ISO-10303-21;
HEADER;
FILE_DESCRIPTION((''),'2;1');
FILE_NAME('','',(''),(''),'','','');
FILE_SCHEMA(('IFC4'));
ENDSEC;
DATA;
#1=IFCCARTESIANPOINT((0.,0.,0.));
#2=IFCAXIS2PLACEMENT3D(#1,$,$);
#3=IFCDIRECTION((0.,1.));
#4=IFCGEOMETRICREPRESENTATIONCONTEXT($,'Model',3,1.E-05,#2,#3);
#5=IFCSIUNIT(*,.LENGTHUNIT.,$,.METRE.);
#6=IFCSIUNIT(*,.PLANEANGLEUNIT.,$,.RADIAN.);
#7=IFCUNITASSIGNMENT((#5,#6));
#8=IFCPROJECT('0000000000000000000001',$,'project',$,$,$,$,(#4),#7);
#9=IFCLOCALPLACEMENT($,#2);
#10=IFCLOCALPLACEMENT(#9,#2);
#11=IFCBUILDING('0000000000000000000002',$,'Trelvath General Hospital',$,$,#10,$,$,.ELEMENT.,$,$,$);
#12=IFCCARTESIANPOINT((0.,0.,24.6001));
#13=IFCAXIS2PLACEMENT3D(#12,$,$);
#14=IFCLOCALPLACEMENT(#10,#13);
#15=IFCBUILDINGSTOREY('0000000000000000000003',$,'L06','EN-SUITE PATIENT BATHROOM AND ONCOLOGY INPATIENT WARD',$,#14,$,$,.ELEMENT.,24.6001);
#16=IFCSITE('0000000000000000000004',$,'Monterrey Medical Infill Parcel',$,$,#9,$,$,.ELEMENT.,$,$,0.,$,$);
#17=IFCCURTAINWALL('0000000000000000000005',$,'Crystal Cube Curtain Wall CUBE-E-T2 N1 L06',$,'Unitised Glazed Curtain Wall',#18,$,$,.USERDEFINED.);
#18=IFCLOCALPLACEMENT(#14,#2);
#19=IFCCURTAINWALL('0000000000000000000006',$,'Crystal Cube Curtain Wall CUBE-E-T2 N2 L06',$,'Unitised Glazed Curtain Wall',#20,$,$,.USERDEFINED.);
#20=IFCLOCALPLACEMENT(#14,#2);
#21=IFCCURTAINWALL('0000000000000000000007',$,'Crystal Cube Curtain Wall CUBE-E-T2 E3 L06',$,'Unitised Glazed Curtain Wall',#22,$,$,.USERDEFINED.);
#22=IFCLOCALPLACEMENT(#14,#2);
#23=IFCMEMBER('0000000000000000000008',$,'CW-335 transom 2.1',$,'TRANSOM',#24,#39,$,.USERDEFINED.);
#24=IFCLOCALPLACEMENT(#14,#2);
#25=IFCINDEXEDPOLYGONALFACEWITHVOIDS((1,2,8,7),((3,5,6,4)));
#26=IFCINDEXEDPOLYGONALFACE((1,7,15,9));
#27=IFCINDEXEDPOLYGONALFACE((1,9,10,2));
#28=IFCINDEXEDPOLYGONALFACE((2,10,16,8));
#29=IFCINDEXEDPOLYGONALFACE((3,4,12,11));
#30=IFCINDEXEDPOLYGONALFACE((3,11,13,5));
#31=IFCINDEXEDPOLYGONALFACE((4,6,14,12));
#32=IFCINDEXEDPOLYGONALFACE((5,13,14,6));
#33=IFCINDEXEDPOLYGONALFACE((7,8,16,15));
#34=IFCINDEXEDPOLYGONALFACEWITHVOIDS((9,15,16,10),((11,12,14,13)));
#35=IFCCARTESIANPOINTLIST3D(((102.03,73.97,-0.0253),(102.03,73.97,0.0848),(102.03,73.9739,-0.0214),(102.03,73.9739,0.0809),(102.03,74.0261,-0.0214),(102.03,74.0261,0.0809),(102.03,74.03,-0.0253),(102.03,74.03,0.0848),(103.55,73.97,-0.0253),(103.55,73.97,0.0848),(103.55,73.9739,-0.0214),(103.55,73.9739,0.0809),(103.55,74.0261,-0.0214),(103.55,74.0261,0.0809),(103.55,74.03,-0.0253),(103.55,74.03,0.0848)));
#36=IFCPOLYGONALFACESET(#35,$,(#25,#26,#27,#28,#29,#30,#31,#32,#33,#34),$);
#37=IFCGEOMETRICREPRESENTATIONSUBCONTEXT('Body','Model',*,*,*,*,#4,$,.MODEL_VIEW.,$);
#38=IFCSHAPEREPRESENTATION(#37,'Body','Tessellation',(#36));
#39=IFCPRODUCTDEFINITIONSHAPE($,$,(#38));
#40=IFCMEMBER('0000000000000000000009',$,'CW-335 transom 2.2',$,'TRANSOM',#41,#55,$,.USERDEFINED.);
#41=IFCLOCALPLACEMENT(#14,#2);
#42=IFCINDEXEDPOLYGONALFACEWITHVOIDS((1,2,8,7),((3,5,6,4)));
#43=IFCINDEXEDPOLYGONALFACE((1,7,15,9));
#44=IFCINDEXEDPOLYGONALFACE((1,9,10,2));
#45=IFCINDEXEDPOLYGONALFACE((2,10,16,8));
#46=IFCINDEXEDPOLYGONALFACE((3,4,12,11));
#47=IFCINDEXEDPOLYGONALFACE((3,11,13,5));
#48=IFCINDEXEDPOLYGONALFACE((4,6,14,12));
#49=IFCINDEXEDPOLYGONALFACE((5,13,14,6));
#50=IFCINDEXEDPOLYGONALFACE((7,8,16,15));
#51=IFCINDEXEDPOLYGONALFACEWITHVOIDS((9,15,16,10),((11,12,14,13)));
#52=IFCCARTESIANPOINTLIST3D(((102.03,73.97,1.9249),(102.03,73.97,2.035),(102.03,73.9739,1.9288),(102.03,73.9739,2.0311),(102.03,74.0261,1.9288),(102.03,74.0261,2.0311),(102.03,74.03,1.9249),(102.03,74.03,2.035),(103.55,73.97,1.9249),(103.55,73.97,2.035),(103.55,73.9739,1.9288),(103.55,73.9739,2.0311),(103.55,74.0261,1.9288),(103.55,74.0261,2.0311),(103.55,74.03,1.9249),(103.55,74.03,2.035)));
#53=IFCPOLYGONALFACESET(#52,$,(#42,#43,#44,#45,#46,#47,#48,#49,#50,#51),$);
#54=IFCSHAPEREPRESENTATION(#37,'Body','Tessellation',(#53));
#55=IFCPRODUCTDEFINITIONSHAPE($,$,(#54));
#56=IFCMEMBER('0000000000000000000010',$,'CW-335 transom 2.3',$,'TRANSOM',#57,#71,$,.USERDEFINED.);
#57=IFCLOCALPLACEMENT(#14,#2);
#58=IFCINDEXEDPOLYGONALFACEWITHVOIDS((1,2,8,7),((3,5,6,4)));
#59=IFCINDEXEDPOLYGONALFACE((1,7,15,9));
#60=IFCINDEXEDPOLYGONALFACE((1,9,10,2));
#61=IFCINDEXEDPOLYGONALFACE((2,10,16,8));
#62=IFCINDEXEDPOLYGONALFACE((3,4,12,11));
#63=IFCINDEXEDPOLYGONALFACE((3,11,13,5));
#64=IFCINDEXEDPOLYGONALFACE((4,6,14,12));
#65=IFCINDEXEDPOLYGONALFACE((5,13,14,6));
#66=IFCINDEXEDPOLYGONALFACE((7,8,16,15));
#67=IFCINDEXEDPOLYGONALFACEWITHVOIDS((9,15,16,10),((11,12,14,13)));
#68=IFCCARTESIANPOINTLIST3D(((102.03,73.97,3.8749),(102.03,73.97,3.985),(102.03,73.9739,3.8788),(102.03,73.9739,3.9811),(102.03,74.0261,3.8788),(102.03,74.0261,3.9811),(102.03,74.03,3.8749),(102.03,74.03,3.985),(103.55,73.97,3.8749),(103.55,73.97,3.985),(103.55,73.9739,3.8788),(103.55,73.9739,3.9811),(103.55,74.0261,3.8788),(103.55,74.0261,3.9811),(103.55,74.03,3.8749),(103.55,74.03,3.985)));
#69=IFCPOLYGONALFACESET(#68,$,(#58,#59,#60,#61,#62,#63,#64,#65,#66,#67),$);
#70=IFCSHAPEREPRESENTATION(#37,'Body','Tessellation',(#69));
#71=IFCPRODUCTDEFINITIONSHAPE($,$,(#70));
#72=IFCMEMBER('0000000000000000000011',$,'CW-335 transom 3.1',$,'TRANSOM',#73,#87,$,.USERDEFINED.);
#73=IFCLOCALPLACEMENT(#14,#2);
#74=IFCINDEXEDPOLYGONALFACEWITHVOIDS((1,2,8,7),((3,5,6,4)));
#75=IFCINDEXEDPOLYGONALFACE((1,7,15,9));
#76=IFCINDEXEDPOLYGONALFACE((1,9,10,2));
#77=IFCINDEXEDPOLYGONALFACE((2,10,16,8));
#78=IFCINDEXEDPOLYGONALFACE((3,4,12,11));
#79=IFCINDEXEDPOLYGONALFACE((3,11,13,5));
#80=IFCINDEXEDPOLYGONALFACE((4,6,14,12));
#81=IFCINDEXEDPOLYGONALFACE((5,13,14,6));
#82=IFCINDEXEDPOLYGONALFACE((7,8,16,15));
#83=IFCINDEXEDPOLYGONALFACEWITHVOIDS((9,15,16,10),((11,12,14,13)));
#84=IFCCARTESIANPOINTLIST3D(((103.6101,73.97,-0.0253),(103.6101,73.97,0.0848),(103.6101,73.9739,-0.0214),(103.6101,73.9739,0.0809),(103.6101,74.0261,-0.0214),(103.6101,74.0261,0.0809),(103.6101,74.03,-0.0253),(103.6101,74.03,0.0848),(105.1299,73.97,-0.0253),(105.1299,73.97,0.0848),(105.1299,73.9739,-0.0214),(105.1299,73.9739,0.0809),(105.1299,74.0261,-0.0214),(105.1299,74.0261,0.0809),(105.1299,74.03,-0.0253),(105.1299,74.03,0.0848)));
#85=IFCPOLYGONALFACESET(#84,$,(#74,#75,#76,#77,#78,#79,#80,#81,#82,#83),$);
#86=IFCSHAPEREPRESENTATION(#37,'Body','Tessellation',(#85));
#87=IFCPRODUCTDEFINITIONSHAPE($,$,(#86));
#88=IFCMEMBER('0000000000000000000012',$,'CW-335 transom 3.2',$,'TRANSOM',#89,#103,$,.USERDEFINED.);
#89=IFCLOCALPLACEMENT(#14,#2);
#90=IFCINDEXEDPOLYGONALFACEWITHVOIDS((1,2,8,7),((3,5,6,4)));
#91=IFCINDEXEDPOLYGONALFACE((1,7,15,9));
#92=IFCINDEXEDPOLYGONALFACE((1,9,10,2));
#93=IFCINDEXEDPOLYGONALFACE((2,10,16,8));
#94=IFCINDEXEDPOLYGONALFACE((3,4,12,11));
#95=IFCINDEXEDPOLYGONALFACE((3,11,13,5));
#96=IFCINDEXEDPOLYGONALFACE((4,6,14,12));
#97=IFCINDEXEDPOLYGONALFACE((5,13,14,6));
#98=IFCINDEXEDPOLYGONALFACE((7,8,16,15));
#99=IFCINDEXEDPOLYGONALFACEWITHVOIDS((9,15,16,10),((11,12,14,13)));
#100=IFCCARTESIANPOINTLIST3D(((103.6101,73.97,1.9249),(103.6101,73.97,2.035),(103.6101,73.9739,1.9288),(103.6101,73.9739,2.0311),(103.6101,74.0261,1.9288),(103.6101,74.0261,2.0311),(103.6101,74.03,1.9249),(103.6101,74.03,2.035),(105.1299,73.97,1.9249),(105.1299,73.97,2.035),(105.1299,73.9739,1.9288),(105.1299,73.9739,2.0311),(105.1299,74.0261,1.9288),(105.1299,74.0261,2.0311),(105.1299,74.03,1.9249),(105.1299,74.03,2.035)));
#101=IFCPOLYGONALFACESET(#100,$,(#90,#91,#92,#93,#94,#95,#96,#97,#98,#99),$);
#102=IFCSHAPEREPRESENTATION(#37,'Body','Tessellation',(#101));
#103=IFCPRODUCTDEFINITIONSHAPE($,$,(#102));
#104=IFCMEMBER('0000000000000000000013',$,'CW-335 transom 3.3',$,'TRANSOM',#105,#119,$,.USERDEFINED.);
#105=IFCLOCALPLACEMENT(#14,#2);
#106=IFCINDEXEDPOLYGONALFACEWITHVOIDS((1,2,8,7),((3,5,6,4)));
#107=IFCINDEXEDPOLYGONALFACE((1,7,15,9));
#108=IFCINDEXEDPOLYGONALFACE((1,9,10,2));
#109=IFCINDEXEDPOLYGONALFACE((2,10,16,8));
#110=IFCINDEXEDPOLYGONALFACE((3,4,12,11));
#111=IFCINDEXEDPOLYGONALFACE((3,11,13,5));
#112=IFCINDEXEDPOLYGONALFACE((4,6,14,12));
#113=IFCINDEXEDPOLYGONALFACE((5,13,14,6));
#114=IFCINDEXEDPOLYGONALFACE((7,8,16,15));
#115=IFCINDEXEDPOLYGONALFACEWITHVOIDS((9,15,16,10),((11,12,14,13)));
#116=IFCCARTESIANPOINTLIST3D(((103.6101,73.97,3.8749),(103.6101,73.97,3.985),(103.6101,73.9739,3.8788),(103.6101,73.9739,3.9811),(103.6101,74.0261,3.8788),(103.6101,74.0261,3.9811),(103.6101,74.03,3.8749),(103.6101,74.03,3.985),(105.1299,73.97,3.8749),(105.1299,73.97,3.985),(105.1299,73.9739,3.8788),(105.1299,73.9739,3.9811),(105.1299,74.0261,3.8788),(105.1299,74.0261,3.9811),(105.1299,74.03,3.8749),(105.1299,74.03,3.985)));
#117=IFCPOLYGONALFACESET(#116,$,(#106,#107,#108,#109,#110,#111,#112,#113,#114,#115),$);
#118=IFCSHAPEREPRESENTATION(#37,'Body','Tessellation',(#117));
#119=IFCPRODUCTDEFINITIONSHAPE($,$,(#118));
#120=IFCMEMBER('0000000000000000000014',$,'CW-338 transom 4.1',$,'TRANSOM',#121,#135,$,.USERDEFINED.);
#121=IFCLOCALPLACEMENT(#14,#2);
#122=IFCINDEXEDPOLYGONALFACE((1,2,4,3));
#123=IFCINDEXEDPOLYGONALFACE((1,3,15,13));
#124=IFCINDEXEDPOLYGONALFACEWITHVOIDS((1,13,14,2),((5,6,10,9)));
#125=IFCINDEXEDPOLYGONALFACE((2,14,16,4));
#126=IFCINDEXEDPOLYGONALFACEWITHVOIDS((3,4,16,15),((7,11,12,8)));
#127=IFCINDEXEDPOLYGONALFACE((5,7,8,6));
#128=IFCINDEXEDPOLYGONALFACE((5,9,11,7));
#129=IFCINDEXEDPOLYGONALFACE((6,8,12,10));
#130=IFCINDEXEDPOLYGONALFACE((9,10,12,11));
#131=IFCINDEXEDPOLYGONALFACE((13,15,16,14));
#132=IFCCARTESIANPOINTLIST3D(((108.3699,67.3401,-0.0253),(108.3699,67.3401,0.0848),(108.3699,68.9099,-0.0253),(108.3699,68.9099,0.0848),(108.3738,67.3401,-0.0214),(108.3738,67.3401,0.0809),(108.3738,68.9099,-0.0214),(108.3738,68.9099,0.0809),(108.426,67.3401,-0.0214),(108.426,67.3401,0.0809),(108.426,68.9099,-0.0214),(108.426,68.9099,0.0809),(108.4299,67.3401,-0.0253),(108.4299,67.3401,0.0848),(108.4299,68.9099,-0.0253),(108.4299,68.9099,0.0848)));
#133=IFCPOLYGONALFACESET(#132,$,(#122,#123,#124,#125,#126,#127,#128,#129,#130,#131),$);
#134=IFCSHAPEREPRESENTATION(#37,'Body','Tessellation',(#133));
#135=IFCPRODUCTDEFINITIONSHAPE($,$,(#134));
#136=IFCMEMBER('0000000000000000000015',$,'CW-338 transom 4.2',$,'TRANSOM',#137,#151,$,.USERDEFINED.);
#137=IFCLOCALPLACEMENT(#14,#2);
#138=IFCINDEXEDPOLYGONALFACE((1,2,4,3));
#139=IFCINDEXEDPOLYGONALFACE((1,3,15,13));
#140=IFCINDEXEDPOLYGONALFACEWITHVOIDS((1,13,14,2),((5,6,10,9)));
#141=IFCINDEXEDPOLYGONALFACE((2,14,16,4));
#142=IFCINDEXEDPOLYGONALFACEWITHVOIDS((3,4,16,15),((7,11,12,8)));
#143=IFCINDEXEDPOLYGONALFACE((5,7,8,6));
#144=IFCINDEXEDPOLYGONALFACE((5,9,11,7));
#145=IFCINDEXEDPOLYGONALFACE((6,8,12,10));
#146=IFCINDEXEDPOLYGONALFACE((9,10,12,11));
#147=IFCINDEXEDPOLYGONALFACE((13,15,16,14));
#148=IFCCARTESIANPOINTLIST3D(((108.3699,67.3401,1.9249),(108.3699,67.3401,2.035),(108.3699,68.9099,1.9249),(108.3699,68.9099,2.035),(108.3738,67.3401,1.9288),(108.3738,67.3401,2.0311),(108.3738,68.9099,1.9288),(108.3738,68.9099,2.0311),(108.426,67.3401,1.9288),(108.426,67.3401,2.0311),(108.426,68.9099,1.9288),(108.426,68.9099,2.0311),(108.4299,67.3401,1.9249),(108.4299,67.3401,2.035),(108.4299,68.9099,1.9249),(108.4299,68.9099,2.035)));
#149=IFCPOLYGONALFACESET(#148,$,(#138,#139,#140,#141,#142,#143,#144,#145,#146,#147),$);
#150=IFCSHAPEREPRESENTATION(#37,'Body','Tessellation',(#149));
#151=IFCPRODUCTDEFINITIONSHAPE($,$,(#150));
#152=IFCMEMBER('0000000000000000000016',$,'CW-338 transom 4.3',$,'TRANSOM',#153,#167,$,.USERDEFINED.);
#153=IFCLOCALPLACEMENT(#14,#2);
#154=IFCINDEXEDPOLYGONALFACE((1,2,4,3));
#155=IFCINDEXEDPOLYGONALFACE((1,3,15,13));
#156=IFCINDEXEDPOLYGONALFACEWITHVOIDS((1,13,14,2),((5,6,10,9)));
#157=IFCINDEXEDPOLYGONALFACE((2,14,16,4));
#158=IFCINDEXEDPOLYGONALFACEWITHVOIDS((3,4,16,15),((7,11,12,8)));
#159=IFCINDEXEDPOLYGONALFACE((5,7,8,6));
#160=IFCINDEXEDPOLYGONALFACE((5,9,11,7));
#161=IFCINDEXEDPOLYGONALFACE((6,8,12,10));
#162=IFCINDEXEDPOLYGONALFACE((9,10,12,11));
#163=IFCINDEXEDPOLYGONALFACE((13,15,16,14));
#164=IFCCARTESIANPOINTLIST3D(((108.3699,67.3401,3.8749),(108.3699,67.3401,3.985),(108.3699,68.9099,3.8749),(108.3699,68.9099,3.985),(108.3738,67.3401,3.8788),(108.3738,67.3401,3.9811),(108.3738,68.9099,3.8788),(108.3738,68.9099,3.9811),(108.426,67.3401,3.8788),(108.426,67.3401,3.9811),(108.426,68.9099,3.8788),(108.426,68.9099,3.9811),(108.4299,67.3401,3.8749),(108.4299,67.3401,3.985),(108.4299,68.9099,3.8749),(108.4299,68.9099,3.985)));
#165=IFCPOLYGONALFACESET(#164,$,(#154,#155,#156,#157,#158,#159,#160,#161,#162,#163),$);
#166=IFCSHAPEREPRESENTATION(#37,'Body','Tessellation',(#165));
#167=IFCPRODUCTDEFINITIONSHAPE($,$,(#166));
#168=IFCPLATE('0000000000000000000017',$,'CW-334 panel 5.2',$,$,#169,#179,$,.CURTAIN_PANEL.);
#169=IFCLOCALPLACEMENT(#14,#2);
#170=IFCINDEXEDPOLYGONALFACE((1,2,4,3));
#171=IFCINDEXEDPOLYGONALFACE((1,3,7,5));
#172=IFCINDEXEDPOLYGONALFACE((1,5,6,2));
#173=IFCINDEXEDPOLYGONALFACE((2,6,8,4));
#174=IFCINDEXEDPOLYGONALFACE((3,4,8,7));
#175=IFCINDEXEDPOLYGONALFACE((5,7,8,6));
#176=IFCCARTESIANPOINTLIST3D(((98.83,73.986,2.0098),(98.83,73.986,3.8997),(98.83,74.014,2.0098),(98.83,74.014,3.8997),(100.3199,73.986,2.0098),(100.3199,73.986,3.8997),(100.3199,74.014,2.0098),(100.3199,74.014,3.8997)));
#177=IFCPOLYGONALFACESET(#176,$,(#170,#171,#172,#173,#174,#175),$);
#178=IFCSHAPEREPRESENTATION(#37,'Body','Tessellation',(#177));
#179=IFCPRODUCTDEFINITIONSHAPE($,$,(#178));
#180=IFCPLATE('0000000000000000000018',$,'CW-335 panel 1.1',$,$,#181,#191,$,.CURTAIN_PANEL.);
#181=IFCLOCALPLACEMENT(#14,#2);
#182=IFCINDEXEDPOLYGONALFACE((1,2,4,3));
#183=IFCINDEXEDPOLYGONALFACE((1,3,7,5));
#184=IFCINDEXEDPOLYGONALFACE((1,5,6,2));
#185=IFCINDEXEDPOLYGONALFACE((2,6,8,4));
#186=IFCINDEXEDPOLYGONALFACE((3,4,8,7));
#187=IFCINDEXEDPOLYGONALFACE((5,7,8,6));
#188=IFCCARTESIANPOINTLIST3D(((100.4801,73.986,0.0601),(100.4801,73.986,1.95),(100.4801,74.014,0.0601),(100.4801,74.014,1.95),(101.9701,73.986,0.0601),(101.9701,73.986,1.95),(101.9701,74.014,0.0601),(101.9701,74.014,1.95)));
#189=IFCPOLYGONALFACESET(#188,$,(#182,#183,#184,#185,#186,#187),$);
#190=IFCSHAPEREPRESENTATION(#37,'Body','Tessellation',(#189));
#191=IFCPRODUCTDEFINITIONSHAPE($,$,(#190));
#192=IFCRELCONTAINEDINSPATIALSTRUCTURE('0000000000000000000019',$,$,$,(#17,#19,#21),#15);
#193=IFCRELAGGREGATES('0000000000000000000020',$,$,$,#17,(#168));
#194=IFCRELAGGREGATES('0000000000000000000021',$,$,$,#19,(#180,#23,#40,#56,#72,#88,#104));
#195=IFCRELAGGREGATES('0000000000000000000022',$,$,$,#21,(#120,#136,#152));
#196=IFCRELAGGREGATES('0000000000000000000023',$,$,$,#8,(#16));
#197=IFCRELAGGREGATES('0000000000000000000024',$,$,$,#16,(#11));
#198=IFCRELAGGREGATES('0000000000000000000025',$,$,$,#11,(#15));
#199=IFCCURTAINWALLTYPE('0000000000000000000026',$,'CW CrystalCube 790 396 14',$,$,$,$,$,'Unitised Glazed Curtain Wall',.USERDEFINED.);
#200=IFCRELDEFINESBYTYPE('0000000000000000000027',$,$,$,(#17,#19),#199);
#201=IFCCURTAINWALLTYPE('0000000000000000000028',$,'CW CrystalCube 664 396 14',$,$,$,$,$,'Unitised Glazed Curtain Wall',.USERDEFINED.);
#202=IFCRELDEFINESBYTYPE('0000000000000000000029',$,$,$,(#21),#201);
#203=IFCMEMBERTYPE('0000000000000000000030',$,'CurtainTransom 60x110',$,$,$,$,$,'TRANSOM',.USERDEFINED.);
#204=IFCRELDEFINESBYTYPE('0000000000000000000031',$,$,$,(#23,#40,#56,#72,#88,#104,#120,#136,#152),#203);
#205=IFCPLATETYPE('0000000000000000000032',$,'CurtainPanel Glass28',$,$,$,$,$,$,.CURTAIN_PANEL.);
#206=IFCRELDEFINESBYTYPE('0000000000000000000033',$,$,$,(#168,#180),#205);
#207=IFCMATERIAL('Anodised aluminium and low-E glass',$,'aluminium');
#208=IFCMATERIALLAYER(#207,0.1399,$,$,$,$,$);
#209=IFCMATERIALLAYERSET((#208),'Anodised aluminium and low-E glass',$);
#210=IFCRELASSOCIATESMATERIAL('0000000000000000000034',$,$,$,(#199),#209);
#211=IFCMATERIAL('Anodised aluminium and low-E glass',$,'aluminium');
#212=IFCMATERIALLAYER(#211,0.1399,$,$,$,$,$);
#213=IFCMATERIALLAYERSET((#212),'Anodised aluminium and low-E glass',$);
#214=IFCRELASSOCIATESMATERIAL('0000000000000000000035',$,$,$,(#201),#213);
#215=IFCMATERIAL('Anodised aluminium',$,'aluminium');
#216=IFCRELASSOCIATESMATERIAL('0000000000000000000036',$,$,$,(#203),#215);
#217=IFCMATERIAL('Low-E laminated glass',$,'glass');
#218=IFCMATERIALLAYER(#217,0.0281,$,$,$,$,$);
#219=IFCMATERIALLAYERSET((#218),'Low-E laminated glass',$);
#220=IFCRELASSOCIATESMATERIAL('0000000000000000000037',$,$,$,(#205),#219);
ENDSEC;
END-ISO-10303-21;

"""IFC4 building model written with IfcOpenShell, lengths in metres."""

from ifc_helpers import new_model, si_unit, direction, frame, origin, origin_2d, place, context, subcontext, project, spatial, rectangle, hollow_rectangle, extrude, material, layer, layer_set, material_profile, profile_set, type_object, element, aggregate, save


model = new_model("IFC4")

# Units and contexts
model_context = context("Model", 3, precision=1e-05, world=origin(), true_north=direction((0.0, 1.0)))
body_context = subcontext(model_context, "Body", "Model", "MODEL_VIEW")
ifc_project = project(units=[si_unit("LENGTHUNIT", "METRE"), si_unit("PLANEANGLEUNIT", "RADIAN")], contexts=[model_context])

# Site, building, storey
site_placement = place(None, origin())
site = spatial("IfcSite", under=ifc_project, at=site_placement, Name="Monterrey Medical Infill Parcel", CompositionType="ELEMENT", RefElevation=0.0)
building_placement = place(site_placement, origin())
building = spatial("IfcBuilding", under=site, at=building_placement, Name="Trelvath General Hospital", CompositionType="ELEMENT")
storey_placement = place(building_placement, frame((0.0, 0.0, 24.6001)))
storey = spatial("IfcBuildingStorey", under=building, at=storey_placement, Name="L06", Description="EN-SUITE PATIENT BATHROOM AND ONCOLOGY INPATIENT WARD", CompositionType="ELEMENT", Elevation=24.6001)

# Curtain wall
ifc_material_1 = material(Name="Anodised aluminium and low-E glass", Category="aluminium")
ifc_layer_1 = layer(ifc_material_1, 0.1399)
ifc_layer_set_1 = layer_set([ifc_layer_1], Name="Anodised aluminium and low-E glass")
curtain_wall_type_1 = type_object("IfcCurtainWallType", Name="CW CrystalCube 790 396 14", ElementType="Unitised Glazed Curtain Wall", PredefinedType="USERDEFINED", material=ifc_layer_set_1)
curtain_wall_1_placement = place(storey_placement, origin())
curtain_wall_1 = element("IfcCurtainWall", 1, at=curtain_wall_1_placement, inside=storey, type_object=curtain_wall_type_1, Name="Crystal Cube Curtain Wall CUBE-E-T2 N1 L06", ObjectType="Unitised Glazed Curtain Wall", PredefinedType="USERDEFINED")

# Curtain walls
curtain_wall_2_placement = place(storey_placement, origin())
curtain_wall_2 = element("IfcCurtainWall", 2, at=curtain_wall_2_placement, inside=storey, type_object=curtain_wall_type_1, Name="Crystal Cube Curtain Wall CUBE-E-T2 N2 L06", ObjectType="Unitised Glazed Curtain Wall", PredefinedType="USERDEFINED")
ifc_material_2 = material(Name="Anodised aluminium and low-E glass", Category="aluminium")
ifc_layer_2 = layer(ifc_material_2, 0.1399)
ifc_layer_set_2 = layer_set([ifc_layer_2], Name="Anodised aluminium and low-E glass")
curtain_wall_type_2 = type_object("IfcCurtainWallType", Name="CW CrystalCube 664 396 14", ElementType="Unitised Glazed Curtain Wall", PredefinedType="USERDEFINED", material=ifc_layer_set_2)
curtain_wall_3_placement = place(storey_placement, origin())
curtain_wall_3 = element("IfcCurtainWall", 3, at=curtain_wall_3_placement, inside=storey, type_object=curtain_wall_type_2, Name="Crystal Cube Curtain Wall CUBE-E-T2 E3 L06", ObjectType="Unitised Glazed Curtain Wall", PredefinedType="USERDEFINED")

# Members
ifc_material_3 = material(Name="Anodised aluminium", Category="aluminium")
ifc_material_profile_1 = material_profile(ifc_material_3, hollow_rectangle(XDim=0.0601, YDim=0.1101, WallThickness=0.0039, at=origin_2d()), Name="RHS60x110x4")
ifc_profile_set_1 = profile_set([ifc_material_profile_1], Name="Anodised aluminium")
member_type_1 = type_object("IfcMemberType", Name="CurtainTransom 60x110", ElementType="TRANSOM", PredefinedType="USERDEFINED", material=ifc_profile_set_1)
member_1_placement = place(storey_placement, frame((102.03, 74.0, 0.0298), z_axis=(1.0, 0.0, 0.0), x_axis=(0.0, 1.0, 0.0)))
member_1 = element("IfcMember", 4, at=member_1_placement, type_object=member_type_1, Name="CW-335 transom 2.1", ObjectType="TRANSOM", PredefinedType="USERDEFINED", context=body_context, shape_type="SweptSolid", body=[
    extrude(hollow_rectangle(XDim=0.0601, YDim=0.1101, WallThickness=0.0039, at=origin_2d()), origin(), (0.0, 0.0, 1.0), 1.52),
])
member_2_placement = place(storey_placement, frame((102.03, 74.0, 1.98), z_axis=(1.0, 0.0, 0.0), x_axis=(0.0, 1.0, 0.0)))
member_2 = element("IfcMember", 5, at=member_2_placement, type_object=member_type_1, Name="CW-335 transom 2.2", ObjectType="TRANSOM", PredefinedType="USERDEFINED", context=body_context, shape_type="SweptSolid", body=[
    extrude(hollow_rectangle(XDim=0.0601, YDim=0.1101, WallThickness=0.0039, at=origin_2d()), origin(), (0.0, 0.0, 1.0), 1.52),
])
member_3_placement = place(storey_placement, frame((102.03, 74.0, 3.9299), z_axis=(1.0, 0.0, 0.0), x_axis=(0.0, 1.0, 0.0)))
member_3 = element("IfcMember", 6, at=member_3_placement, type_object=member_type_1, Name="CW-335 transom 2.3", ObjectType="TRANSOM", PredefinedType="USERDEFINED", context=body_context, shape_type="SweptSolid", body=[
    extrude(hollow_rectangle(XDim=0.0601, YDim=0.1101, WallThickness=0.0039, at=origin_2d()), origin(), (0.0, 0.0, 1.0), 1.52),
])
member_4_placement = place(storey_placement, frame((103.6101, 74.0, 0.0298), z_axis=(1.0, 0.0, 0.0), x_axis=(0.0, 1.0, 0.0)))
member_4 = element("IfcMember", 7, at=member_4_placement, type_object=member_type_1, Name="CW-335 transom 3.1", ObjectType="TRANSOM", PredefinedType="USERDEFINED", context=body_context, shape_type="SweptSolid", body=[
    extrude(hollow_rectangle(XDim=0.0601, YDim=0.1101, WallThickness=0.0039, at=origin_2d()), origin(), (0.0, 0.0, 1.0), 1.5198),
])
member_5_placement = place(storey_placement, frame((103.6101, 74.0, 1.98), z_axis=(1.0, 0.0, 0.0), x_axis=(0.0, 1.0, 0.0)))
member_5 = element("IfcMember", 8, at=member_5_placement, type_object=member_type_1, Name="CW-335 transom 3.2", ObjectType="TRANSOM", PredefinedType="USERDEFINED", context=body_context, shape_type="SweptSolid", body=[
    extrude(hollow_rectangle(XDim=0.0601, YDim=0.1101, WallThickness=0.0039, at=origin_2d()), origin(), (0.0, 0.0, 1.0), 1.5198),
])
member_6_placement = place(storey_placement, frame((103.6101, 74.0, 3.9299), z_axis=(1.0, 0.0, 0.0), x_axis=(0.0, 1.0, 0.0)))
member_6 = element("IfcMember", 9, at=member_6_placement, type_object=member_type_1, Name="CW-335 transom 3.3", ObjectType="TRANSOM", PredefinedType="USERDEFINED", context=body_context, shape_type="SweptSolid", body=[
    extrude(hollow_rectangle(XDim=0.0601, YDim=0.1101, WallThickness=0.0039, at=origin_2d()), origin(), (0.0, 0.0, 1.0), 1.5198),
])
member_7_placement = place(storey_placement, frame((108.3999, 68.9099, 0.0298), z_axis=(0.0, -1.0, 0.0), x_axis=(1.0, 0.0, 0.0)))
member_7 = element("IfcMember", 10, at=member_7_placement, type_object=member_type_1, Name="CW-338 transom 4.1", ObjectType="TRANSOM", PredefinedType="USERDEFINED", context=body_context, shape_type="SweptSolid", body=[
    extrude(hollow_rectangle(XDim=0.0601, YDim=0.1101, WallThickness=0.0039, at=origin_2d()), origin(), (0.0, 0.0, 1.0), 1.5698),
])
member_8_placement = place(storey_placement, frame((108.3999, 68.9099, 1.98), z_axis=(0.0, -1.0, 0.0), x_axis=(1.0, 0.0, 0.0)))
member_8 = element("IfcMember", 11, at=member_8_placement, type_object=member_type_1, Name="CW-338 transom 4.2", ObjectType="TRANSOM", PredefinedType="USERDEFINED", context=body_context, shape_type="SweptSolid", body=[
    extrude(hollow_rectangle(XDim=0.0601, YDim=0.1101, WallThickness=0.0039, at=origin_2d()), origin(), (0.0, 0.0, 1.0), 1.5698),
])
member_9_placement = place(storey_placement, frame((108.3999, 68.9099, 3.9299), z_axis=(0.0, -1.0, 0.0), x_axis=(1.0, 0.0, 0.0)))
member_9 = element("IfcMember", 12, at=member_9_placement, type_object=member_type_1, Name="CW-338 transom 4.3", ObjectType="TRANSOM", PredefinedType="USERDEFINED", context=body_context, shape_type="SweptSolid", body=[
    extrude(hollow_rectangle(XDim=0.0601, YDim=0.1101, WallThickness=0.0039, at=origin_2d()), origin(), (0.0, 0.0, 1.0), 1.5698),
])

# Plates
ifc_material_4 = material(Name="Low-E laminated glass", Category="glass")
ifc_layer_3 = layer(ifc_material_4, 0.0281)
ifc_layer_set_3 = layer_set([ifc_layer_3], Name="Low-E laminated glass")
plate_type = type_object("IfcPlateType", Name="CurtainPanel Glass28", PredefinedType="CURTAIN_PANEL", material=ifc_layer_set_3)
plate_1_placement = place(storey_placement, frame((99.575, 74.0, 2.0098), z_axis=(0.0, 0.0, 1.0), x_axis=(1.0, 0.0, 0.0)))
plate_1 = element("IfcPlate", 13, at=plate_1_placement, type_object=plate_type, Name="CW-334 panel 5.2", PredefinedType="CURTAIN_PANEL", context=body_context, shape_type="SweptSolid", body=[
    extrude(rectangle(XDim=1.49, YDim=0.0281, at=origin_2d()), origin(), (0.0, 0.0, 1.0), 1.8899),
])
aggregate(curtain_wall_1, [plate_1])
plate_2_placement = place(storey_placement, frame((101.2251, 74.0, 0.0601), z_axis=(0.0, 0.0, 1.0), x_axis=(1.0, 0.0, 0.0)))
plate_2 = element("IfcPlate", 14, at=plate_2_placement, type_object=plate_type, Name="CW-335 panel 1.1", PredefinedType="CURTAIN_PANEL", context=body_context, shape_type="SweptSolid", body=[
    extrude(rectangle(XDim=1.49, YDim=0.0281, at=origin_2d()), origin(), (0.0, 0.0, 1.0), 1.8899),
])
aggregate(curtain_wall_2, [plate_2, member_1, member_2, member_3, member_4, member_5, member_6])
aggregate(curtain_wall_3, [member_7, member_8, member_9])

save(model, "model.ifc")
